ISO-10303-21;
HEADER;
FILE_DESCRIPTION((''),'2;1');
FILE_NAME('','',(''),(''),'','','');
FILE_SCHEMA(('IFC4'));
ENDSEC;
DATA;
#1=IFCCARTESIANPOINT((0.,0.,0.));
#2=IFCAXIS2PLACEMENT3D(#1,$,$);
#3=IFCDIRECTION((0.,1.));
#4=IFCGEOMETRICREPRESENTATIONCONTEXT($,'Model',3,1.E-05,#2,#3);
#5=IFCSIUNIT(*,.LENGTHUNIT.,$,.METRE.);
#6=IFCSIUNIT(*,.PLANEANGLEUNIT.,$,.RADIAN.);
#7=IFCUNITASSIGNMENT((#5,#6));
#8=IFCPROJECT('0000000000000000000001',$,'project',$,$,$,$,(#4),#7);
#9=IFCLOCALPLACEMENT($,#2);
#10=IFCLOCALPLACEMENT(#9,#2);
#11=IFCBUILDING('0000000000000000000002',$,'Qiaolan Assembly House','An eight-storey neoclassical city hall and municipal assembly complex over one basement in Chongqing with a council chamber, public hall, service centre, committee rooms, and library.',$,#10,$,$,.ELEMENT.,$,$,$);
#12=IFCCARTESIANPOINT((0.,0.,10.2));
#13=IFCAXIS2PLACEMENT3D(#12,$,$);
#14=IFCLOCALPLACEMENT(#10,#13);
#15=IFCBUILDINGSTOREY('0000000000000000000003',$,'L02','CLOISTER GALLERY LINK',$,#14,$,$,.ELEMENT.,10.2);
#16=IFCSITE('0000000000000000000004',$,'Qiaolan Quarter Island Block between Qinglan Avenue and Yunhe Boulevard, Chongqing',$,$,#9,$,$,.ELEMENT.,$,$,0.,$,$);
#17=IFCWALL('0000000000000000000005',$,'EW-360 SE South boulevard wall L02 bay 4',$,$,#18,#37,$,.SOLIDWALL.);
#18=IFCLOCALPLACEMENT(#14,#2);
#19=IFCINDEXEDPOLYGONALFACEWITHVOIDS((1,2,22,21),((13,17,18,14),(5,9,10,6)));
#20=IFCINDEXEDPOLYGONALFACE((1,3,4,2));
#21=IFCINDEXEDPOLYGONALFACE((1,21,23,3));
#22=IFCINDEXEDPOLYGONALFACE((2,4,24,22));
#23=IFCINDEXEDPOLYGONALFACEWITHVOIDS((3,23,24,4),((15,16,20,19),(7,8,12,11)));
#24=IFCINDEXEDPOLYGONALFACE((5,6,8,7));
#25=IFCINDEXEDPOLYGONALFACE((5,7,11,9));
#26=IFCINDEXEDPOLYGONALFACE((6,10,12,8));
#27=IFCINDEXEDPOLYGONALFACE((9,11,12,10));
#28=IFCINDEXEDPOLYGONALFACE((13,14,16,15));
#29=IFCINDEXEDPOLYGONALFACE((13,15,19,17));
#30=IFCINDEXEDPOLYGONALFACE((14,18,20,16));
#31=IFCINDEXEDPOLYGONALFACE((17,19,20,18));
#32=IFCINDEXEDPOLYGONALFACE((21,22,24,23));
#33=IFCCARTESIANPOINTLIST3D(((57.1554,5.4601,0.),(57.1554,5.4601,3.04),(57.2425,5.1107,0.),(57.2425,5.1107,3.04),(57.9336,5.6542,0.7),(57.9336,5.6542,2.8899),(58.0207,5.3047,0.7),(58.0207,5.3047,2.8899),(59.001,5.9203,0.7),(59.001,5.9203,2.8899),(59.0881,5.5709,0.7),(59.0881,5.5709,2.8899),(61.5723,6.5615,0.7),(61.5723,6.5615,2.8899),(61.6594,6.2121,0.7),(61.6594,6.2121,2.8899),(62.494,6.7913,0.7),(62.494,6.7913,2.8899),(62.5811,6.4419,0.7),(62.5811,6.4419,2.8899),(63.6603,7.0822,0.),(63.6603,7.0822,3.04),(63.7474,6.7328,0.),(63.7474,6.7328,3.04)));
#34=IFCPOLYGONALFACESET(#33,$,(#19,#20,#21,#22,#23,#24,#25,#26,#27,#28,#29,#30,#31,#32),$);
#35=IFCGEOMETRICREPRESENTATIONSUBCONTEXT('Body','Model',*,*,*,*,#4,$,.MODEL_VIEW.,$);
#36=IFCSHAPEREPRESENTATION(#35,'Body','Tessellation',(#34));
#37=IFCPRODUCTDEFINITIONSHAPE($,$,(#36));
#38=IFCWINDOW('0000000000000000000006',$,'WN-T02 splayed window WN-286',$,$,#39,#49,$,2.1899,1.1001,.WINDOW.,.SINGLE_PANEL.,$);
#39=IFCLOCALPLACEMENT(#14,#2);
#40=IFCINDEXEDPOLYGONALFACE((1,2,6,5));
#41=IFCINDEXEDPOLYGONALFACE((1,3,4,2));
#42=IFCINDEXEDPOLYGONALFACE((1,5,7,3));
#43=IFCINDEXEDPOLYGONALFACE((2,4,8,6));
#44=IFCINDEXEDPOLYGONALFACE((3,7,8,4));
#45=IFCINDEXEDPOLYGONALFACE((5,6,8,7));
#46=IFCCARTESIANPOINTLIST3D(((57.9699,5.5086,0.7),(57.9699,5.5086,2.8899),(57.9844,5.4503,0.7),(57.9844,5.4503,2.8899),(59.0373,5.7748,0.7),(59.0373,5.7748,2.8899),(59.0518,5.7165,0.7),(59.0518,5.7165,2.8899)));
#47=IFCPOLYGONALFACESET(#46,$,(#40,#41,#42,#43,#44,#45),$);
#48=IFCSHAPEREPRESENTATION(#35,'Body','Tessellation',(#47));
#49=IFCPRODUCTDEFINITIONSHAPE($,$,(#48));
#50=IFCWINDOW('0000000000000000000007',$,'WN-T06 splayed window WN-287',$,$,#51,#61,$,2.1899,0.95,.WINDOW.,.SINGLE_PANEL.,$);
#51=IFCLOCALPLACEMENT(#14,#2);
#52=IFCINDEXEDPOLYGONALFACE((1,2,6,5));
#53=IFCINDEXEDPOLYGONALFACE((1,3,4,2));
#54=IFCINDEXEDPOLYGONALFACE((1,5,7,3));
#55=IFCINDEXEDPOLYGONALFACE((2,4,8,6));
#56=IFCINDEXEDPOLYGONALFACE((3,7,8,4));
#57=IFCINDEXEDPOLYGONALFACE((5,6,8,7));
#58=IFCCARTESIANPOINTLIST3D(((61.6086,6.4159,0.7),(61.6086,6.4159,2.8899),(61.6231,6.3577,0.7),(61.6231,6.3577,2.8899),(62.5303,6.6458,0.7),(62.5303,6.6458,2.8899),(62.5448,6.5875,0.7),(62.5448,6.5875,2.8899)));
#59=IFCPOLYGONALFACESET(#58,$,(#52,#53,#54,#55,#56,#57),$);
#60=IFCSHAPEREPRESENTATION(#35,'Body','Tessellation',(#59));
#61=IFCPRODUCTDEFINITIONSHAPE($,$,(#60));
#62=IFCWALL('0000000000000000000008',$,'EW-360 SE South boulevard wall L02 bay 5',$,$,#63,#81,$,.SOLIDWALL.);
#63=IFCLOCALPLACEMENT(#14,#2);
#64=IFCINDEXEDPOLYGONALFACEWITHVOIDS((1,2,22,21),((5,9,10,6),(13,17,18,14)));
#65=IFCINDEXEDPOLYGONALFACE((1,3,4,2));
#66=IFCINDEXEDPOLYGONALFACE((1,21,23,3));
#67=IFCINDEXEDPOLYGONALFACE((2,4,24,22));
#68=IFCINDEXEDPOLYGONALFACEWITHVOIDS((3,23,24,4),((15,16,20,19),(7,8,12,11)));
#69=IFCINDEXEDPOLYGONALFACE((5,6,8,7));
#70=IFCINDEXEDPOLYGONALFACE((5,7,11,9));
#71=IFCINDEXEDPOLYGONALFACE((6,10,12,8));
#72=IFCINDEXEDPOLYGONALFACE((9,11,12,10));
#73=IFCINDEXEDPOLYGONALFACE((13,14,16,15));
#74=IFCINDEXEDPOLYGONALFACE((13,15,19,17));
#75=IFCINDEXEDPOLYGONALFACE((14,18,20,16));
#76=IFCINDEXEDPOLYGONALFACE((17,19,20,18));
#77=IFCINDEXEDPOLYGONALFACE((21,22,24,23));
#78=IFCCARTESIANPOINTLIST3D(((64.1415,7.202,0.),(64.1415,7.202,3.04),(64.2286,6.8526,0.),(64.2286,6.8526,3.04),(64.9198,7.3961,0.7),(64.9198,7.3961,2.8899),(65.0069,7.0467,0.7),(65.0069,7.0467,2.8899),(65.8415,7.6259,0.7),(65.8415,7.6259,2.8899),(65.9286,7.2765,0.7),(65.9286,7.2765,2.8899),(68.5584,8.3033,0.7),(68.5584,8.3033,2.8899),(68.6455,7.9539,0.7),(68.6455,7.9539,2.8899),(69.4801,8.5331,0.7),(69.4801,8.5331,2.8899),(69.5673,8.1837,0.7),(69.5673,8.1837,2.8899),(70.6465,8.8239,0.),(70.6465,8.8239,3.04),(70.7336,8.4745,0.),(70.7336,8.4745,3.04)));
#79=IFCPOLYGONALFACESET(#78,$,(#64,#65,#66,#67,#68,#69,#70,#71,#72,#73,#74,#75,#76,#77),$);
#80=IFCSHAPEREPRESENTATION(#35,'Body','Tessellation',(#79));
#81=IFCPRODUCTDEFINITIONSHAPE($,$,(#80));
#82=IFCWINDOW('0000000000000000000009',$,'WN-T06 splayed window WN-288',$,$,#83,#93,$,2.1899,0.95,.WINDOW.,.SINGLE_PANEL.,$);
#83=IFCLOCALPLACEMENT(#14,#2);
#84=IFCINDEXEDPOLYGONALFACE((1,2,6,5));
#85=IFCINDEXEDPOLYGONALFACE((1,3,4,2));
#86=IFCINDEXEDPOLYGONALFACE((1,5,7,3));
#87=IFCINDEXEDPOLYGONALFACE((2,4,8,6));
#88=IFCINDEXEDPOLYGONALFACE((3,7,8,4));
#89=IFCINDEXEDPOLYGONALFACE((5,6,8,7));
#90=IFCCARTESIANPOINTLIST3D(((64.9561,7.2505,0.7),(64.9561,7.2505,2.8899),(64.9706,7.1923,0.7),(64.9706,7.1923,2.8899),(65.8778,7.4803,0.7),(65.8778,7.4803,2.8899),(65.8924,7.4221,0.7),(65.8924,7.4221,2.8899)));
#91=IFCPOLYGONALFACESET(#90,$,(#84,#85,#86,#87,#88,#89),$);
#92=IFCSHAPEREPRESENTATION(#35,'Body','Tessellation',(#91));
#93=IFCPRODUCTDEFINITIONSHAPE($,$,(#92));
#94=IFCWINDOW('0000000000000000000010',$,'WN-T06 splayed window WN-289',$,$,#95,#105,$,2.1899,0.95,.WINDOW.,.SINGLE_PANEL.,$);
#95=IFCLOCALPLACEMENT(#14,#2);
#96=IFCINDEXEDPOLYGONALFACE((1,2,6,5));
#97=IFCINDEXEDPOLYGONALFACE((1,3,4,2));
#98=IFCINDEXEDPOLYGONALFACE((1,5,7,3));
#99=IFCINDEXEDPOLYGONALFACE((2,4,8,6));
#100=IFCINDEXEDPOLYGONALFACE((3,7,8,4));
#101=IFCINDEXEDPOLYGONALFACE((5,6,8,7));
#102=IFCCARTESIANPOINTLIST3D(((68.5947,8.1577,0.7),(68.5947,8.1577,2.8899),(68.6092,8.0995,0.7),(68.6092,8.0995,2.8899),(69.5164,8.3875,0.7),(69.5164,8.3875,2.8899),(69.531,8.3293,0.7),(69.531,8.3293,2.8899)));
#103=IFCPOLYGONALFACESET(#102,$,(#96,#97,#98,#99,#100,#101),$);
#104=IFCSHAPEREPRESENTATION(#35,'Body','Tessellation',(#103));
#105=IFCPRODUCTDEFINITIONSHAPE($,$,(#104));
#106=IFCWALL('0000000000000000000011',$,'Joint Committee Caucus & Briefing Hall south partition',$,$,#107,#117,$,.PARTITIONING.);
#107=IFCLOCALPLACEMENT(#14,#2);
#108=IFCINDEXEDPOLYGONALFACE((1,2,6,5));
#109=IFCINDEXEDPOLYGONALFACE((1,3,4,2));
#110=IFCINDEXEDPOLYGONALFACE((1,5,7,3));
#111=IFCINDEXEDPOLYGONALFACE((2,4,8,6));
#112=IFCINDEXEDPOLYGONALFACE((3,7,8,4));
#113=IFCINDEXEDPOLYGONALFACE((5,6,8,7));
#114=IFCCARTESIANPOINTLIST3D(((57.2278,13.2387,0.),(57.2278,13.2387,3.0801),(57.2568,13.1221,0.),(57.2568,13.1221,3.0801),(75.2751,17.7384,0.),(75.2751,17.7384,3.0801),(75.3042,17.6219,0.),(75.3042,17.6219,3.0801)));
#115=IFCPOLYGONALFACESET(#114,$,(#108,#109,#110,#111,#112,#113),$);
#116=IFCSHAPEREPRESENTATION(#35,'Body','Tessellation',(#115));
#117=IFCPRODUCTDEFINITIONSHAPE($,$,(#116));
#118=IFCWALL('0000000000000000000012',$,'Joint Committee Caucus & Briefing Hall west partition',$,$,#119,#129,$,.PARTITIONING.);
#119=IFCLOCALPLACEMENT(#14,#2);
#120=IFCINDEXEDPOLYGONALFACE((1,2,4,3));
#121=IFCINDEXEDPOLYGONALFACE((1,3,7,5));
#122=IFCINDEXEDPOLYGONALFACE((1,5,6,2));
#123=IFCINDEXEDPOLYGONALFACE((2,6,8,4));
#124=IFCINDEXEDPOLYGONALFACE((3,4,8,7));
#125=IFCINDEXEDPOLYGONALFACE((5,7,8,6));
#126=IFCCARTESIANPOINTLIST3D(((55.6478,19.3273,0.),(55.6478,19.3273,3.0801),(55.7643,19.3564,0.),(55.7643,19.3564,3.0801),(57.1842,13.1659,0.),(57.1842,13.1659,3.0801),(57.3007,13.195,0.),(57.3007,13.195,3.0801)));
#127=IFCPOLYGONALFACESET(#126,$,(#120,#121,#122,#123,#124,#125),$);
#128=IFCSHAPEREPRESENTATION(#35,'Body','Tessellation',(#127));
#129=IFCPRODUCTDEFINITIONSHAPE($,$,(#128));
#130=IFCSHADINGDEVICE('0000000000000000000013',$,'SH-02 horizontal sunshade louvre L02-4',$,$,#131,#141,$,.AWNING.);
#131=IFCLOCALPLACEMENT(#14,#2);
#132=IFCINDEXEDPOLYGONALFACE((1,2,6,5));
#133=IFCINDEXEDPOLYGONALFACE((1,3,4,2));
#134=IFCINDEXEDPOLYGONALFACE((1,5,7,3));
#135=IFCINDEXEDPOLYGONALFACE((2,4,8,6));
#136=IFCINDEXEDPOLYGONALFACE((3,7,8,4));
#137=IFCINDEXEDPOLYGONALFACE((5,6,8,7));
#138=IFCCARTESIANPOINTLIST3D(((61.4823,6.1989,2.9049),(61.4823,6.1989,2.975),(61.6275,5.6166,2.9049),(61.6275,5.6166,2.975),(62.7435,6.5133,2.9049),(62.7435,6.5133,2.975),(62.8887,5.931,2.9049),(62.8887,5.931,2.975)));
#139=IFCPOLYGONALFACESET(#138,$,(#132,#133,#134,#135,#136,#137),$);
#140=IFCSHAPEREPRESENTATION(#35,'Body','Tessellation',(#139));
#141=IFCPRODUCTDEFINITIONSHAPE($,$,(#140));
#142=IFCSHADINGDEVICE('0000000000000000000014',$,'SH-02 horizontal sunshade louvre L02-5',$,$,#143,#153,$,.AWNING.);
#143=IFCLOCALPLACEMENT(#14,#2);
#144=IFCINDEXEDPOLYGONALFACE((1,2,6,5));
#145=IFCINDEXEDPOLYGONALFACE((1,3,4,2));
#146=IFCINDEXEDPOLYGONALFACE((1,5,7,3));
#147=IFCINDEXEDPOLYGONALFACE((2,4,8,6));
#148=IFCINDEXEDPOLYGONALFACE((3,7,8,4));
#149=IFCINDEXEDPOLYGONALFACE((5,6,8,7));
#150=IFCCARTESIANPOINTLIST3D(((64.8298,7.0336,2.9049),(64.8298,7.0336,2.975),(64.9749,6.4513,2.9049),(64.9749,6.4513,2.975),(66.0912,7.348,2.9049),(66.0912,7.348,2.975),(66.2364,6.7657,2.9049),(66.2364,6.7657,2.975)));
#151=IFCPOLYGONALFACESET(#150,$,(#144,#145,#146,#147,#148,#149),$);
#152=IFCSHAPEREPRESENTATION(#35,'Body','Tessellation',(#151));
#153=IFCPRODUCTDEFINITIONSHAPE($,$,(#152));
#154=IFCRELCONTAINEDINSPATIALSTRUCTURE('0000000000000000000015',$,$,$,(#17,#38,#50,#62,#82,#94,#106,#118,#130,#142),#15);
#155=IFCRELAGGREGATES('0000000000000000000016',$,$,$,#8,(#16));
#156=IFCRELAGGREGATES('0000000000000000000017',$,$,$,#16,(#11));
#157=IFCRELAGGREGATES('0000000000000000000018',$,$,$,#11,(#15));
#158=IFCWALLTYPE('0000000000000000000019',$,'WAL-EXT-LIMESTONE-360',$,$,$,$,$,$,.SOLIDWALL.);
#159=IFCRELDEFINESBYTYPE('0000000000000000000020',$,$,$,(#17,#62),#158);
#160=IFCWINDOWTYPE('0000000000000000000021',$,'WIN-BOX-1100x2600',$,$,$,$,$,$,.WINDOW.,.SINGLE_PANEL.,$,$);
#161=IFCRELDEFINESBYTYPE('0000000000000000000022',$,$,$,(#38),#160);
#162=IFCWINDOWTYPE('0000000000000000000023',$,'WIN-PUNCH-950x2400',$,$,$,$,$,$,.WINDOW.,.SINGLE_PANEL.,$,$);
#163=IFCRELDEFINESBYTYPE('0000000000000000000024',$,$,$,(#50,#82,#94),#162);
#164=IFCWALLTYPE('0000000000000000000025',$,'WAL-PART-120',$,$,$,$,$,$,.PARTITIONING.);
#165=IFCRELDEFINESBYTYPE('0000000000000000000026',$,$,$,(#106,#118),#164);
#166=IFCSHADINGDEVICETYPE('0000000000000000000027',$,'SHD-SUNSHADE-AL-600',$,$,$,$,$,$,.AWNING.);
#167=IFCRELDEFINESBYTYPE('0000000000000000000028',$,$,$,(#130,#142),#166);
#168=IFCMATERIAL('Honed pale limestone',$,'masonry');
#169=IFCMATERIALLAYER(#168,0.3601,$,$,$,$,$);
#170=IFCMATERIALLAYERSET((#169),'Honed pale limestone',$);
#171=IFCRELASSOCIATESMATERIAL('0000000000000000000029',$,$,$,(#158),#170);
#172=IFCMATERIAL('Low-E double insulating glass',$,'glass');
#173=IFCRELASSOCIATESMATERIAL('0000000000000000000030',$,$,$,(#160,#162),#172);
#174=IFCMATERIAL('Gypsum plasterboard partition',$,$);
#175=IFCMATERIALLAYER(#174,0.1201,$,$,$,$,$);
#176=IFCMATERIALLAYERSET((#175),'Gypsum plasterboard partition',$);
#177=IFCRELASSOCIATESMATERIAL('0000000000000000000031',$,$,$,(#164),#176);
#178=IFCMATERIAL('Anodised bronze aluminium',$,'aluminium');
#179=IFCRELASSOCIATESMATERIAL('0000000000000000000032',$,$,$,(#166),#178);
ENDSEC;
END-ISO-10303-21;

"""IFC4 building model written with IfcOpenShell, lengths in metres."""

from ifc_helpers import new_model, si_unit, direction, frame, frame_2d, origin, origin_2d, place, context, subcontext, project, spatial, rectangle, extrude, material, layer, layer_set, material_profile, profile_set, type_object, element, fill, save


model = new_model("IFC4")

# Units and contexts
model_context = context("Model", 3, precision=1e-05, world=origin(), true_north=direction((0.0, 1.0)))
body_context = subcontext(model_context, "Body", "Model", "MODEL_VIEW")
ifc_project = project(units=[si_unit("LENGTHUNIT", "METRE"), si_unit("PLANEANGLEUNIT", "RADIAN")], contexts=[model_context])

# Site, building, storey
site_placement = place(None, origin())
site = spatial("IfcSite", under=ifc_project, at=site_placement, Name="Qiaolan Quarter Island Block between Qinglan Avenue and Yunhe Boulevard, Chongqing", CompositionType="ELEMENT", RefElevation=0.0)
building_placement = place(site_placement, origin())
building = spatial("IfcBuilding", under=site, at=building_placement, Name="Qiaolan Assembly House", Description="An eight-storey neoclassical city hall and municipal assembly complex over one basement in Chongqing with a council chamber, public hall, service centre, committee rooms, and library.", CompositionType="ELEMENT")
storey_placement = place(building_placement, frame((0.0, 0.0, 10.2)))
storey = spatial("IfcBuildingStorey", under=building, at=storey_placement, Name="L02", Description="CLOISTER GALLERY LINK", CompositionType="ELEMENT", Elevation=10.2)

# Shared definitions
ifc_material_1 = material(Name="Honed pale limestone", Category="masonry")

# Walls, openings, windows
ifc_layer_1 = layer(ifc_material_1, 0.3601)
ifc_layer_set_1 = layer_set([ifc_layer_1], Name="Honed pale limestone")
wall_type_1 = type_object("IfcWallType", Name="WAL-EXT-LIMESTONE-360", PredefinedType="SOLIDWALL", material=ifc_layer_set_1)
wall_1_placement = place(storey_placement, frame((57.199, 5.2854, 0.0), z_axis=(0.0, 0.0, 1.0), x_axis=(0.970288, 0.241953, 0.0)))
wall_1 = element("IfcWall", 1, at=wall_1_placement, inside=storey, type_object=wall_type_1, Name="EW-360 SE South boulevard wall L02 bay 4", PredefinedType="SOLIDWALL", context=body_context, shape_type="SweptSolid", body=[
    extrude(rectangle(XDim=6.7041, YDim=0.3601, at=frame_2d((3.3521, 0.0))), origin(), (0.0, 0.0, 1.0), 3.04),
])
opening_1_placement = place(wall_1_placement, frame((0.802, 0.0, 0.7)))
opening_1 = element("IfcOpeningElement", 2, at=opening_1_placement, cuts=wall_1, PredefinedType="OPENING", context=body_context, shape_type="SweptSolid", body=[
    extrude(rectangle(XDim=1.1001, YDim=2.1899, at=frame_2d((0.55, 1.095))), frame((0.0, 0.1899, 0.0), z_axis=(0.0, -1.0, 0.0), x_axis=(1.0, 0.0, 0.0)), (0.0, 0.0, 1.0), 0.3801),
])
opening_2_placement = place(wall_1_placement, frame((4.552, 0.0, 0.7)))
opening_2 = element("IfcOpeningElement", 3, at=opening_2_placement, cuts=wall_1, PredefinedType="OPENING", context=body_context, shape_type="SweptSolid", body=[
    extrude(rectangle(XDim=0.95, YDim=2.1899, at=frame_2d((0.4751, 1.095))), frame((0.0, 0.1899, 0.0), z_axis=(0.0, -1.0, 0.0), x_axis=(1.0, 0.0, 0.0)), (0.0, 0.0, 1.0), 0.3801),
])
ifc_material_2 = material(Name="Low-E double insulating glass", Category="glass")
window_type_1 = type_object("IfcWindowType", Name="WIN-BOX-1100x2600", PartitioningType="SINGLE_PANEL", PredefinedType="WINDOW", material=ifc_material_2)
window_1_placement = place(opening_1_placement, origin())
window_1 = element("IfcWindow", 4, at=window_1_placement, inside=storey, type_object=window_type_1, Name="WN-T02 splayed window WN-286", OverallHeight=2.1899, OverallWidth=1.1001, PartitioningType="SINGLE_PANEL", PredefinedType="WINDOW", context=body_context, shape_type="SweptSolid", body=[
    extrude(rectangle(XDim=1.1001, YDim=2.1899, at=frame_2d((0.55, 1.095))), frame((0.0, 0.03, 0.0), z_axis=(0.0, -1.0, 0.0), x_axis=(1.0, 0.0, 0.0)), (0.0, 0.0, 1.0), 0.0601),
])
fill(opening_1, window_1)
window_type_2 = type_object("IfcWindowType", Name="WIN-PUNCH-950x2400", PartitioningType="SINGLE_PANEL", PredefinedType="WINDOW", material=ifc_material_2)
window_2_placement = place(opening_2_placement, origin())
window_2 = element("IfcWindow", 5, at=window_2_placement, inside=storey, type_object=window_type_2, Name="WN-T06 splayed window WN-287", OverallHeight=2.1899, OverallWidth=0.95, PartitioningType="SINGLE_PANEL", PredefinedType="WINDOW", context=body_context, shape_type="SweptSolid", body=[
    extrude(rectangle(XDim=0.95, YDim=2.1899, at=frame_2d((0.4751, 1.095))), frame((0.0, 0.03, 0.0), z_axis=(0.0, -1.0, 0.0), x_axis=(1.0, 0.0, 0.0)), (0.0, 0.0, 1.0), 0.0601),
])
fill(opening_2, window_2)
wall_2_placement = place(storey_placement, frame((64.1851, 7.0273, 0.0), z_axis=(0.0, 0.0, 1.0), x_axis=(0.970297, 0.241919, 0.0)))
wall_2 = element("IfcWall", 6, at=wall_2_placement, inside=storey, type_object=wall_type_1, Name="EW-360 SE South boulevard wall L02 bay 5", PredefinedType="SOLIDWALL", context=body_context, shape_type="SweptSolid", body=[
    extrude(rectangle(XDim=6.7041, YDim=0.3601, at=frame_2d((3.3521, 0.0))), origin(), (0.0, 0.0, 1.0), 3.04),
])
opening_3_placement = place(wall_2_placement, frame((0.802, 0.0, 0.7)))
opening_3 = element("IfcOpeningElement", 7, at=opening_3_placement, cuts=wall_2, PredefinedType="OPENING", context=body_context, shape_type="SweptSolid", body=[
    extrude(rectangle(XDim=0.95, YDim=2.1899, at=frame_2d((0.4751, 1.095))), frame((0.0, 0.1899, 0.0), z_axis=(0.0, -1.0, 0.0), x_axis=(1.0, 0.0, 0.0)), (0.0, 0.0, 1.0), 0.3801),
])
opening_4_placement = place(wall_2_placement, frame((4.552, 0.0, 0.7)))
opening_4 = element("IfcOpeningElement", 8, at=opening_4_placement, cuts=wall_2, PredefinedType="OPENING", context=body_context, shape_type="SweptSolid", body=[
    extrude(rectangle(XDim=0.95, YDim=2.1899, at=frame_2d((0.4751, 1.095))), frame((0.0, 0.1899, 0.0), z_axis=(0.0, -1.0, 0.0), x_axis=(1.0, 0.0, 0.0)), (0.0, 0.0, 1.0), 0.3801),
])
window_3_placement = place(opening_3_placement, origin())
window_3 = element("IfcWindow", 9, at=window_3_placement, inside=storey, type_object=window_type_2, Name="WN-T06 splayed window WN-288", OverallHeight=2.1899, OverallWidth=0.95, PartitioningType="SINGLE_PANEL", PredefinedType="WINDOW", context=body_context, shape_type="SweptSolid", body=[
    extrude(rectangle(XDim=0.95, YDim=2.1899, at=frame_2d((0.4751, 1.095))), frame((0.0, 0.03, 0.0), z_axis=(0.0, -1.0, 0.0), x_axis=(1.0, 0.0, 0.0)), (0.0, 0.0, 1.0), 0.0601),
])
fill(opening_3, window_3)
window_4_placement = place(opening_4_placement, origin())
window_4 = element("IfcWindow", 10, at=window_4_placement, inside=storey, type_object=window_type_2, Name="WN-T06 splayed window WN-289", OverallHeight=2.1899, OverallWidth=0.95, PartitioningType="SINGLE_PANEL", PredefinedType="WINDOW", context=body_context, shape_type="SweptSolid", body=[
    extrude(rectangle(XDim=0.95, YDim=2.1899, at=frame_2d((0.4751, 1.095))), frame((0.0, 0.03, 0.0), z_axis=(0.0, -1.0, 0.0), x_axis=(1.0, 0.0, 0.0)), (0.0, 0.0, 1.0), 0.0601),
])
fill(opening_4, window_4)

# Walls
ifc_material_3 = material(Name="Gypsum plasterboard partition")
ifc_layer_2 = layer(ifc_material_3, 0.1201)
ifc_layer_set_2 = layer_set([ifc_layer_2], Name="Gypsum plasterboard partition")
wall_type_2 = type_object("IfcWallType", Name="WAL-PART-120", PredefinedType="PARTITIONING", material=ifc_layer_set_2)
wall_3_placement = place(storey_placement, frame((57.2424, 13.1804, 0.0), z_axis=(0.0, 0.0, 1.0), x_axis=(0.970295, 0.241924, 0.0)))
element("IfcWall", 11, at=wall_3_placement, inside=storey, type_object=wall_type_2, Name="Joint Committee Caucus & Briefing Hall south partition", PredefinedType="PARTITIONING", context=body_context, shape_type="SweptSolid", body=[
    extrude(rectangle(XDim=18.5999, YDim=0.1201, at=frame_2d((9.2998, 0.0))), origin(), (0.0, 0.0, 1.0), 3.0801),
])
wall_4_placement = place(storey_placement, frame((57.2424, 13.1804, 0.0), z_axis=(0.0, 0.0, 1.0), x_axis=(-0.241948, 0.970289, 0.0)))
element("IfcWall", 12, at=wall_4_placement, inside=storey, type_object=wall_type_2, Name="Joint Committee Caucus & Briefing Hall west partition", PredefinedType="PARTITIONING", context=body_context, shape_type="SweptSolid", body=[
    extrude(rectangle(XDim=6.3501, YDim=0.1201, at=frame_2d((3.175, 0.0))), origin(), (0.0, 0.0, 1.0), 3.0801),
])

# Shading devices
ifc_material_4 = material(Name="Anodised bronze aluminium", Category="aluminium")
ifc_material_profile_1 = material_profile(ifc_material_4, rectangle(XDim=0.6001, YDim=0.0701, at=origin_2d()), Name="SHD 600x70")
ifc_profile_set_1 = profile_set([ifc_material_profile_1], Name="Anodised bronze aluminium")
shading_device_type = type_object("IfcShadingDeviceType", Name="SHD-SUNSHADE-AL-600", PredefinedType="AWNING", material=ifc_profile_set_1)
shading_device_1_placement = place(storey_placement, frame((61.5549, 5.9077, 2.9399), z_axis=(0.970297, 0.241917, 0.0), x_axis=(-0.241917, 0.970297, 0.0)))
element("IfcShadingDevice", 13, at=shading_device_1_placement, inside=storey, type_object=shading_device_type, Name="SH-02 horizontal sunshade louvre L02-4", PredefinedType="AWNING", context=body_context, shape_type="SweptSolid", body=[
    extrude(rectangle(XDim=0.6001, YDim=0.0701, at=origin_2d()), origin(), (0.0, 0.0, 1.0), 1.2998),
])
shading_device_2_placement = place(storey_placement, frame((64.9023, 6.7424, 2.9399), z_axis=(0.970308, 0.241873, 0.0), x_axis=(-0.241873, 0.970308, 0.0)))
element("IfcShadingDevice", 14, at=shading_device_2_placement, inside=storey, type_object=shading_device_type, Name="SH-02 horizontal sunshade louvre L02-5", PredefinedType="AWNING", context=body_context, shape_type="SweptSolid", body=[
    extrude(rectangle(XDim=0.6001, YDim=0.0701, at=origin_2d()), origin(), (0.0, 0.0, 1.0), 1.3),
])

save(model, "model.ifc")
